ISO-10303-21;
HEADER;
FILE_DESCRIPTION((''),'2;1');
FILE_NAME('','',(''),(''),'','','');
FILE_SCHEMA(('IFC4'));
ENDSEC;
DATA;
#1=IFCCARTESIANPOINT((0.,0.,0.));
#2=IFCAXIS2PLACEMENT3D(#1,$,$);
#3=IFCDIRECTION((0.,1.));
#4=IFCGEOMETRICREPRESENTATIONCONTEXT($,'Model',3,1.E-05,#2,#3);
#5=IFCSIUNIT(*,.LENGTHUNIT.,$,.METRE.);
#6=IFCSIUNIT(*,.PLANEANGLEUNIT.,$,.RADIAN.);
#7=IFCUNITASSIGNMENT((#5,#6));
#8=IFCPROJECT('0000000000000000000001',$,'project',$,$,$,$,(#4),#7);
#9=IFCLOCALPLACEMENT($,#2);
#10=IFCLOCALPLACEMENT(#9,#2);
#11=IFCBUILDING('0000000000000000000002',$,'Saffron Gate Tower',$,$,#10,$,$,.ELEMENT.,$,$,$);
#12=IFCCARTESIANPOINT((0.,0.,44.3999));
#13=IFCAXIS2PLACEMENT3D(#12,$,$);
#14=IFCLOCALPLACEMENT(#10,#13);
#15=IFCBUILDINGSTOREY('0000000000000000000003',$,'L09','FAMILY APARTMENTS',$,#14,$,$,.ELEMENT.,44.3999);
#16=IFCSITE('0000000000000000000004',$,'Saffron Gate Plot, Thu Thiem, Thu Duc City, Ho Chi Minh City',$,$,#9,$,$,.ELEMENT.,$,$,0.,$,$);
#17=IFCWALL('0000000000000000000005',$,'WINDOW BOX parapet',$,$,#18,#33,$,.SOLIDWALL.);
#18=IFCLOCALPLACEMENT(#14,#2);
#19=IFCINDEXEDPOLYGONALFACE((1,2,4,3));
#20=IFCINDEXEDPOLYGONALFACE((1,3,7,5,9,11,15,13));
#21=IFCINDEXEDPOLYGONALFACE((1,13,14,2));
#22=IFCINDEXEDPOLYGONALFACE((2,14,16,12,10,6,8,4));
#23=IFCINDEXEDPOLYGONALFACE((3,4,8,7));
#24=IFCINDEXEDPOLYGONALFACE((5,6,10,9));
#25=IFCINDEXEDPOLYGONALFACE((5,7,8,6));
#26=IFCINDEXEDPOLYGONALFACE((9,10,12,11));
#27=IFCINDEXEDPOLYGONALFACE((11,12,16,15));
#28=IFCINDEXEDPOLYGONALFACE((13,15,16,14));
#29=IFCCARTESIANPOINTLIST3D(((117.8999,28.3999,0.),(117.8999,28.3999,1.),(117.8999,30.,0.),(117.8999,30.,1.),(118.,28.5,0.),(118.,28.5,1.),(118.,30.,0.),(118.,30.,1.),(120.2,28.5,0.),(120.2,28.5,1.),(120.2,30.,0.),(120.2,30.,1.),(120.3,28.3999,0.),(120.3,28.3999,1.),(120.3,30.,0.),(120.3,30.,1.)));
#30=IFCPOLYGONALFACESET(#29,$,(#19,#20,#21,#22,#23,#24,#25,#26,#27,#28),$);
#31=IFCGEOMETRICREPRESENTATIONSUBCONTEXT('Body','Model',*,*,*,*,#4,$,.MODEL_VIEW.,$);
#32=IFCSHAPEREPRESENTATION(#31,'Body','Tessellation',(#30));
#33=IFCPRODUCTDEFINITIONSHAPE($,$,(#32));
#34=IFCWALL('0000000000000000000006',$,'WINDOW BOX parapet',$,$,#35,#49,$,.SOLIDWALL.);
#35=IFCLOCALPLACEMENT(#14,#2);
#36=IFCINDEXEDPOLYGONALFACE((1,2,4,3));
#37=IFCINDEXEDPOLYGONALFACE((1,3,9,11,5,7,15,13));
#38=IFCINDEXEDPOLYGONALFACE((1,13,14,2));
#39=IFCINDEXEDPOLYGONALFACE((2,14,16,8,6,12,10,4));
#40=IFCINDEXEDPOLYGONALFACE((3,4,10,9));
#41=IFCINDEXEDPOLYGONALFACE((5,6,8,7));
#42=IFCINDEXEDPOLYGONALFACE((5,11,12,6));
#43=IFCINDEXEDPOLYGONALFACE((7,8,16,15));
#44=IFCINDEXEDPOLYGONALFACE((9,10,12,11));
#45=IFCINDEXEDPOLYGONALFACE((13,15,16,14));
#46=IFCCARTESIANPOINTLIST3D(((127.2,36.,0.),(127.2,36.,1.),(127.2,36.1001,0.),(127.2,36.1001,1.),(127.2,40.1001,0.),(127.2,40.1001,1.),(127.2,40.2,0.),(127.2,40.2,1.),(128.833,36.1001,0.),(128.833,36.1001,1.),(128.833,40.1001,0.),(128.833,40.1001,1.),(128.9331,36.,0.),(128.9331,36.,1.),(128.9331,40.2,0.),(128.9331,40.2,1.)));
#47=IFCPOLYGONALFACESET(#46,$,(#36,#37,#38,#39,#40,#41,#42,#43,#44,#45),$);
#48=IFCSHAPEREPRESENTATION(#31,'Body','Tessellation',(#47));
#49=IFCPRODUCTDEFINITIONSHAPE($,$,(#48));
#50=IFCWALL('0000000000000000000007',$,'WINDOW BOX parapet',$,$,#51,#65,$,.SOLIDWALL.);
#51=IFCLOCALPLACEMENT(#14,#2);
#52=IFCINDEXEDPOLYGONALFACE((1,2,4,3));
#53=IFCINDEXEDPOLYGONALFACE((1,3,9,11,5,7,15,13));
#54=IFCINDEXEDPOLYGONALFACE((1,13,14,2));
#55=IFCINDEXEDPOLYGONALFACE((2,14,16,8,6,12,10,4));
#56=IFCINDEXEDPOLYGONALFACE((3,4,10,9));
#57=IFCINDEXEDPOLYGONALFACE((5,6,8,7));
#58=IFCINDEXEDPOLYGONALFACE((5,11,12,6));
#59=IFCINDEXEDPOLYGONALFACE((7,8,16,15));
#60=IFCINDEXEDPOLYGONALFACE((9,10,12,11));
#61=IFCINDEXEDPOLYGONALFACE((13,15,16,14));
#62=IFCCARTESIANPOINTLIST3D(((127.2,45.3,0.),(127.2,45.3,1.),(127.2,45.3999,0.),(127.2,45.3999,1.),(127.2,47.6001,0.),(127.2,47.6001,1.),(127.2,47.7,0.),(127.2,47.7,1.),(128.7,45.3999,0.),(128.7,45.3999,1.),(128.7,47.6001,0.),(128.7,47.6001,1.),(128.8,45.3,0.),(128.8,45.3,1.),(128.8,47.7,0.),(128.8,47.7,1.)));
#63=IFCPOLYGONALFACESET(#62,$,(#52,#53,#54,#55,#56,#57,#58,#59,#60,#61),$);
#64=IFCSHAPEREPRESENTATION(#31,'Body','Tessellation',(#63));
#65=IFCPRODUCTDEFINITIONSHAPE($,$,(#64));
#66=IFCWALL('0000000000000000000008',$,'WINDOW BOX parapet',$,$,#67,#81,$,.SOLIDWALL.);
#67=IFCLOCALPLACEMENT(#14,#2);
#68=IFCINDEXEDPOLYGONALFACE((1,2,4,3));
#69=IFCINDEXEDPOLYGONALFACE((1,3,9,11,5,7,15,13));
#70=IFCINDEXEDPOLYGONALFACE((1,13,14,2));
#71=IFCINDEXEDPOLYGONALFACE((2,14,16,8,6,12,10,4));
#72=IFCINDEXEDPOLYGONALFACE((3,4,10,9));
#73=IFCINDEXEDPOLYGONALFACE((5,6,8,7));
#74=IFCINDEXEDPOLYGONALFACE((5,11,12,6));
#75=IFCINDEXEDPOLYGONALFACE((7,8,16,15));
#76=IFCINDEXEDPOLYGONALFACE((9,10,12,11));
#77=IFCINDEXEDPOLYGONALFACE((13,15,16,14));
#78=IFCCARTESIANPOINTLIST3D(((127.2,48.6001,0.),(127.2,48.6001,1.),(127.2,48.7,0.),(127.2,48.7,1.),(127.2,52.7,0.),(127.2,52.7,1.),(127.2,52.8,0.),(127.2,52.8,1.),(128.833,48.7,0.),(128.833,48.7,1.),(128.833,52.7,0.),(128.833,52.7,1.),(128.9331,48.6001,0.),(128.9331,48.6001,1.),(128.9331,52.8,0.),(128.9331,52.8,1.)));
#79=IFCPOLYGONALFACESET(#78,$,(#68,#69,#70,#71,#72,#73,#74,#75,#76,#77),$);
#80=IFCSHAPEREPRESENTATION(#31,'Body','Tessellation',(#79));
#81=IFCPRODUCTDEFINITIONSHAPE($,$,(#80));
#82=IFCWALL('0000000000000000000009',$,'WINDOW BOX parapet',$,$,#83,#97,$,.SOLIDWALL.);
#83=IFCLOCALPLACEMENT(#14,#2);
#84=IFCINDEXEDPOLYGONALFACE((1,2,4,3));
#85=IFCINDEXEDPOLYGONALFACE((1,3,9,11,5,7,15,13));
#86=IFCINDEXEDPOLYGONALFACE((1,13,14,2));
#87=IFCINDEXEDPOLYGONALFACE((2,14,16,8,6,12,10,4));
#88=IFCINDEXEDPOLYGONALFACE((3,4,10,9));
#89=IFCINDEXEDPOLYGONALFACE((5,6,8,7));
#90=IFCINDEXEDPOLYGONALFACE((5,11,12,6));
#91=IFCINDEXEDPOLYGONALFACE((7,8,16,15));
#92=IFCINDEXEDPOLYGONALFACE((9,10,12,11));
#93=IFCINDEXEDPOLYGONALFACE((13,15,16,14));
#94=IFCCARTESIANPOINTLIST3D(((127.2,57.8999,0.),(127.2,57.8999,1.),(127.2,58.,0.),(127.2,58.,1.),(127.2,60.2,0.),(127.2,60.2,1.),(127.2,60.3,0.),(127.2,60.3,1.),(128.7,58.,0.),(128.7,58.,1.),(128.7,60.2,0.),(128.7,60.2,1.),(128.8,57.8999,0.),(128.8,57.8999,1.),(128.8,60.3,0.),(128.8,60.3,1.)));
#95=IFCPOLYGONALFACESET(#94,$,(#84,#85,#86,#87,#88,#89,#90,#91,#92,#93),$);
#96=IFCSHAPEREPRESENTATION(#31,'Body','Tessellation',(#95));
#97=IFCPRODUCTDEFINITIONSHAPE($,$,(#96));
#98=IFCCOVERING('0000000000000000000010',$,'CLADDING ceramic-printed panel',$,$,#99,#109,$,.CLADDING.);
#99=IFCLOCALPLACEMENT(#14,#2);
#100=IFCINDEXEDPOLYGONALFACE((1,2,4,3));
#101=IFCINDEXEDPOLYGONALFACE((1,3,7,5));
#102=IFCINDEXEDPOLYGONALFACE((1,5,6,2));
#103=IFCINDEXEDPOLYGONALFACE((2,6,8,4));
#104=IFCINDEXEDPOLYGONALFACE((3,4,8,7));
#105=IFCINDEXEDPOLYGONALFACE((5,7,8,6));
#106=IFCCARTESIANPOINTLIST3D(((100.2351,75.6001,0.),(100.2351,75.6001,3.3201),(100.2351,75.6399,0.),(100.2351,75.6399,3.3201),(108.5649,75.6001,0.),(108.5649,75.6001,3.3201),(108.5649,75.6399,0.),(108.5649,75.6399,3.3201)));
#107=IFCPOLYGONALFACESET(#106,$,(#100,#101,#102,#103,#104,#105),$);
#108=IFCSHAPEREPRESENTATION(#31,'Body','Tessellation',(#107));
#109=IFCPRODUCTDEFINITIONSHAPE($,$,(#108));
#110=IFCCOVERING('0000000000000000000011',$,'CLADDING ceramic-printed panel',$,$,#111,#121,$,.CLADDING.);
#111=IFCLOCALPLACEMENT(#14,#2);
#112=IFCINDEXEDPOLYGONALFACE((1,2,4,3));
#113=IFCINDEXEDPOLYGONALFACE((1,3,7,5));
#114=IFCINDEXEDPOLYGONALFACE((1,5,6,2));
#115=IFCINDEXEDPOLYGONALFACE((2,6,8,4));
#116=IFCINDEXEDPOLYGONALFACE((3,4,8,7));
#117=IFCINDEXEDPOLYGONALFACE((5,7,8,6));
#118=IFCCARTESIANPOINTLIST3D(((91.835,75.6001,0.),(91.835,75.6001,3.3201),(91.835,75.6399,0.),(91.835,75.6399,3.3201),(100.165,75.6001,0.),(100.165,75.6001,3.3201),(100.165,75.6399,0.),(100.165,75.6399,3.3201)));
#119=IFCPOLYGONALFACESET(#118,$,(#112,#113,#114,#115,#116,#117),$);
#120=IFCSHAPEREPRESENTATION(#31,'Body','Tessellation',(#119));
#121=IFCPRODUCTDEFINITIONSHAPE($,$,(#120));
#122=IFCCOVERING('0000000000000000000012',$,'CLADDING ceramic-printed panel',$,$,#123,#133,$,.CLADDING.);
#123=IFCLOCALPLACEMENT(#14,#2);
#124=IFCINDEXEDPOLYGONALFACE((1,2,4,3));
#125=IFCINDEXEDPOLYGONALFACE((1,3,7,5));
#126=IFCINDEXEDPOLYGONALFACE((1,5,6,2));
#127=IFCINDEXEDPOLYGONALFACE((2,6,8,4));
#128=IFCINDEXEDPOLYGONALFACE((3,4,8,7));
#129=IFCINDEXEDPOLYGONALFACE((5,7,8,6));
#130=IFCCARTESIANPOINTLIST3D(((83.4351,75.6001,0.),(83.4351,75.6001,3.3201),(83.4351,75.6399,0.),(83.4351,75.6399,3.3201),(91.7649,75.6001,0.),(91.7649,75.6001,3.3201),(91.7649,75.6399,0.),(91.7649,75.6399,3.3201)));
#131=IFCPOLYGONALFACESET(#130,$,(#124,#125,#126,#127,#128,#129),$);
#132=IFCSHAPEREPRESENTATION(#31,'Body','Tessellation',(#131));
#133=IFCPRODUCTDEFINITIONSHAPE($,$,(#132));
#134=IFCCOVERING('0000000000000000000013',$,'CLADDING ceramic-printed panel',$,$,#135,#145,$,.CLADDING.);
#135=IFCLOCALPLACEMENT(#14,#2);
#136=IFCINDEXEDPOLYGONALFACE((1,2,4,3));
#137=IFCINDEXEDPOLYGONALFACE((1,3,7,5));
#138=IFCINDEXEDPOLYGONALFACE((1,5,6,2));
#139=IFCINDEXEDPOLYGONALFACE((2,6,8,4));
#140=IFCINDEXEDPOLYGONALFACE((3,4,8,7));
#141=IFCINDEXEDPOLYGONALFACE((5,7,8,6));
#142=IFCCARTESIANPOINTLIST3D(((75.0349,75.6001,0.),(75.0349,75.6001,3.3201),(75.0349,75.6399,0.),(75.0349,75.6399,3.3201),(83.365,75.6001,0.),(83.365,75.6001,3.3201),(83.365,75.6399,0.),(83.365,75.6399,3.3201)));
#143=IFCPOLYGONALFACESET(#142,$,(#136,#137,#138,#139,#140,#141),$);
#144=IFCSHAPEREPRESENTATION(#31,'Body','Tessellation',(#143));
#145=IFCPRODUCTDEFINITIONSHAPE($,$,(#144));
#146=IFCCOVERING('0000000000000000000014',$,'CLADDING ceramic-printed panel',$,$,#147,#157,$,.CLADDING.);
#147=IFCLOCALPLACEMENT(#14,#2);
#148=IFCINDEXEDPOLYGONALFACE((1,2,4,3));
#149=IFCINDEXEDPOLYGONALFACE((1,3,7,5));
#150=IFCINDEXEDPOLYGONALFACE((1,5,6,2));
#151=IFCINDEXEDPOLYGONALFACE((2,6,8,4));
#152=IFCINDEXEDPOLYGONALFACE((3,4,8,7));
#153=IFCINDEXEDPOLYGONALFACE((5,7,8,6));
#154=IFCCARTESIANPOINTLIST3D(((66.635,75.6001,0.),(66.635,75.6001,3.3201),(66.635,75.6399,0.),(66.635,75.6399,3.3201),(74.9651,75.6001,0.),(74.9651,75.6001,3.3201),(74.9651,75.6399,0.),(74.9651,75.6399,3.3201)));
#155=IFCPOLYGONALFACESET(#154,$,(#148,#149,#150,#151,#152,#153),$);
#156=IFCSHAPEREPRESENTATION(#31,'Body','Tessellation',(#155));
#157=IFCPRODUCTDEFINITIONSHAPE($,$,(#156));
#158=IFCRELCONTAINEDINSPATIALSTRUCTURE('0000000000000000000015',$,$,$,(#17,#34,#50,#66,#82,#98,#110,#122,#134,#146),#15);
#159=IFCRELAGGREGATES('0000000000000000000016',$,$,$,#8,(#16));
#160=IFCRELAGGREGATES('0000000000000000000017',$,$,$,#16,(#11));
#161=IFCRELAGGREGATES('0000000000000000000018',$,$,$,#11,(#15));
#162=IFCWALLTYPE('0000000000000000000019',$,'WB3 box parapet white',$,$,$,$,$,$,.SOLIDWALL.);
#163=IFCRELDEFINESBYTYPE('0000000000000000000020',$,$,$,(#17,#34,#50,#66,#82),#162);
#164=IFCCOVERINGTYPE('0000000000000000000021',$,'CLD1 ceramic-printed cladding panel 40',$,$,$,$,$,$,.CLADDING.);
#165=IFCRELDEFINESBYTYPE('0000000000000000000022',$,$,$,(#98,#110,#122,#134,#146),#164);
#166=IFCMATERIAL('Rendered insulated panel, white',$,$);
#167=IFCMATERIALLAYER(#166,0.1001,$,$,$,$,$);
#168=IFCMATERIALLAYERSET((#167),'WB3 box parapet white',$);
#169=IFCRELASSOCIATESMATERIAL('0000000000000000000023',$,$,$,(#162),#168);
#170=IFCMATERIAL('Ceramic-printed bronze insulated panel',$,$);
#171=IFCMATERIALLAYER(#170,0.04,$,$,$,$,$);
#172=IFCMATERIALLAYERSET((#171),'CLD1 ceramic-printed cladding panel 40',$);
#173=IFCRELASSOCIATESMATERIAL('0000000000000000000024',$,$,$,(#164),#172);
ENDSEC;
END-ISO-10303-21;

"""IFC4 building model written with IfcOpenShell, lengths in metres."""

from ifc_helpers import new_model, si_unit, direction, frame, origin, place, context, subcontext, project, spatial, polyline, outline, extrude, material, layer, layer_set, type_object, element, save


model = new_model("IFC4")

# Units and contexts
model_context = context("Model", 3, precision=1e-05, world=origin(), true_north=direction((0.0, 1.0)))
body_context = subcontext(model_context, "Body", "Model", "MODEL_VIEW")
ifc_project = project(units=[si_unit("LENGTHUNIT", "METRE"), si_unit("PLANEANGLEUNIT", "RADIAN")], contexts=[model_context])

# Site, building, storey
site_placement = place(None, origin())
site = spatial("IfcSite", under=ifc_project, at=site_placement, Name="Saffron Gate Plot, Thu Thiem, Thu Duc City, Ho Chi Minh City", CompositionType="ELEMENT", RefElevation=0.0)
building_placement = place(site_placement, origin())
building = spatial("IfcBuilding", under=site, at=building_placement, Name="Saffron Gate Tower", CompositionType="ELEMENT")
storey_placement = place(building_placement, frame((0.0, 0.0, 44.3999)))
storey = spatial("IfcBuildingStorey", under=building, at=storey_placement, Name="L09", Description="FAMILY APARTMENTS", CompositionType="ELEMENT", Elevation=44.3999)

# Walls
ifc_material_1 = material(Name="Rendered insulated panel, white")
ifc_layer_1 = layer(ifc_material_1, 0.1001)
ifc_layer_set_1 = layer_set([ifc_layer_1], Name="WB3 box parapet white")
wall_type = type_object("IfcWallType", Name="WB3 box parapet white", PredefinedType="SOLIDWALL", material=ifc_layer_set_1)
wall_1_placement = place(storey_placement, origin())
element("IfcWall", 1, at=wall_1_placement, inside=storey, type_object=wall_type, Name="WINDOW BOX parapet", PredefinedType="SOLIDWALL", context=body_context, shape_type="SweptSolid", body=[
    extrude(outline(polyline([(117.8999, 30.0), (118.0, 30.0), (118.0, 28.5), (120.2, 28.5), (120.2, 30.0), (120.3, 30.0), (120.3, 28.3999), (117.8999, 28.3999), (117.8999, 30.0)])), origin(), (0.0, 0.0, 1.0), 1.0),
])
wall_2_placement = place(storey_placement, origin())
element("IfcWall", 2, at=wall_2_placement, inside=storey, type_object=wall_type, Name="WINDOW BOX parapet", PredefinedType="SOLIDWALL", context=body_context, shape_type="SweptSolid", body=[
    extrude(outline(polyline([(127.2, 36.0), (127.2, 36.1001), (128.833, 36.1001), (128.833, 40.1001), (127.2, 40.1001), (127.2, 40.2), (128.9331, 40.2), (128.9331, 36.0), (127.2, 36.0)])), origin(), (0.0, 0.0, 1.0), 1.0),
])
wall_3_placement = place(storey_placement, origin())
element("IfcWall", 3, at=wall_3_placement, inside=storey, type_object=wall_type, Name="WINDOW BOX parapet", PredefinedType="SOLIDWALL", context=body_context, shape_type="SweptSolid", body=[
    extrude(outline(polyline([(127.2, 45.3), (127.2, 45.3999), (128.7, 45.3999), (128.7, 47.6001), (127.2, 47.6001), (127.2, 47.7), (128.8, 47.7), (128.8, 45.3), (127.2, 45.3)])), origin(), (0.0, 0.0, 1.0), 1.0),
])
wall_4_placement = place(storey_placement, origin())
element("IfcWall", 4, at=wall_4_placement, inside=storey, type_object=wall_type, Name="WINDOW BOX parapet", PredefinedType="SOLIDWALL", context=body_context, shape_type="SweptSolid", body=[
    extrude(outline(polyline([(127.2, 48.6001), (127.2, 48.7), (128.833, 48.7), (128.833, 52.7), (127.2, 52.7), (127.2, 52.8), (128.9331, 52.8), (128.9331, 48.6001), (127.2, 48.6001)])), origin(), (0.0, 0.0, 1.0), 1.0),
])
wall_5_placement = place(storey_placement, origin())
element("IfcWall", 5, at=wall_5_placement, inside=storey, type_object=wall_type, Name="WINDOW BOX parapet", PredefinedType="SOLIDWALL", context=body_context, shape_type="SweptSolid", body=[
    extrude(outline(polyline([(127.2, 57.8999), (127.2, 58.0), (128.7, 58.0), (128.7, 60.2), (127.2, 60.2), (127.2, 60.3), (128.8, 60.3), (128.8, 57.8999), (127.2, 57.8999)])), origin(), (0.0, 0.0, 1.0), 1.0),
])

# Coverings
ifc_material_2 = material(Name="Ceramic-printed bronze insulated panel")
ifc_layer_2 = layer(ifc_material_2, 0.04)
ifc_layer_set_2 = layer_set([ifc_layer_2], Name="CLD1 ceramic-printed cladding panel 40")
covering_type = type_object("IfcCoveringType", Name="CLD1 ceramic-printed cladding panel 40", PredefinedType="CLADDING", material=ifc_layer_set_2)
covering_1_placement = place(storey_placement, origin())
element("IfcCovering", 6, at=covering_1_placement, inside=storey, type_object=covering_type, Name="CLADDING ceramic-printed panel", PredefinedType="CLADDING", context=body_context, shape_type="SweptSolid", body=[
    extrude(outline(polyline([(108.5649, 75.6399), (100.2351, 75.6399), (100.2351, 75.6001), (108.5649, 75.6001), (108.5649, 75.6399)])), origin(), (0.0, 0.0, 1.0), 3.3201),
])
covering_2_placement = place(storey_placement, origin())
element("IfcCovering", 7, at=covering_2_placement, inside=storey, type_object=covering_type, Name="CLADDING ceramic-printed panel", PredefinedType="CLADDING", context=body_context, shape_type="SweptSolid", body=[
    extrude(outline(polyline([(100.165, 75.6399), (91.835, 75.6399), (91.835, 75.6001), (100.165, 75.6001), (100.165, 75.6399)])), origin(), (0.0, 0.0, 1.0), 3.3201),
])
covering_3_placement = place(storey_placement, origin())
element("IfcCovering", 8, at=covering_3_placement, inside=storey, type_object=covering_type, Name="CLADDING ceramic-printed panel", PredefinedType="CLADDING", context=body_context, shape_type="SweptSolid", body=[
    extrude(outline(polyline([(91.7649, 75.6399), (83.4351, 75.6399), (83.4351, 75.6001), (91.7649, 75.6001), (91.7649, 75.6399)])), origin(), (0.0, 0.0, 1.0), 3.3201),
])
covering_4_placement = place(storey_placement, origin())
element("IfcCovering", 9, at=covering_4_placement, inside=storey, type_object=covering_type, Name="CLADDING ceramic-printed panel", PredefinedType="CLADDING", context=body_context, shape_type="SweptSolid", body=[
    extrude(outline(polyline([(83.365, 75.6399), (75.0349, 75.6399), (75.0349, 75.6001), (83.365, 75.6001), (83.365, 75.6399)])), origin(), (0.0, 0.0, 1.0), 3.3201),
])
covering_5_placement = place(storey_placement, origin())
element("IfcCovering", 10, at=covering_5_placement, inside=storey, type_object=covering_type, Name="CLADDING ceramic-printed panel", PredefinedType="CLADDING", context=body_context, shape_type="SweptSolid", body=[
    extrude(outline(polyline([(74.9651, 75.6399), (66.635, 75.6399), (66.635, 75.6001), (74.9651, 75.6001), (74.9651, 75.6399)])), origin(), (0.0, 0.0, 1.0), 3.3201),
])

save(model, "model.ifc")
